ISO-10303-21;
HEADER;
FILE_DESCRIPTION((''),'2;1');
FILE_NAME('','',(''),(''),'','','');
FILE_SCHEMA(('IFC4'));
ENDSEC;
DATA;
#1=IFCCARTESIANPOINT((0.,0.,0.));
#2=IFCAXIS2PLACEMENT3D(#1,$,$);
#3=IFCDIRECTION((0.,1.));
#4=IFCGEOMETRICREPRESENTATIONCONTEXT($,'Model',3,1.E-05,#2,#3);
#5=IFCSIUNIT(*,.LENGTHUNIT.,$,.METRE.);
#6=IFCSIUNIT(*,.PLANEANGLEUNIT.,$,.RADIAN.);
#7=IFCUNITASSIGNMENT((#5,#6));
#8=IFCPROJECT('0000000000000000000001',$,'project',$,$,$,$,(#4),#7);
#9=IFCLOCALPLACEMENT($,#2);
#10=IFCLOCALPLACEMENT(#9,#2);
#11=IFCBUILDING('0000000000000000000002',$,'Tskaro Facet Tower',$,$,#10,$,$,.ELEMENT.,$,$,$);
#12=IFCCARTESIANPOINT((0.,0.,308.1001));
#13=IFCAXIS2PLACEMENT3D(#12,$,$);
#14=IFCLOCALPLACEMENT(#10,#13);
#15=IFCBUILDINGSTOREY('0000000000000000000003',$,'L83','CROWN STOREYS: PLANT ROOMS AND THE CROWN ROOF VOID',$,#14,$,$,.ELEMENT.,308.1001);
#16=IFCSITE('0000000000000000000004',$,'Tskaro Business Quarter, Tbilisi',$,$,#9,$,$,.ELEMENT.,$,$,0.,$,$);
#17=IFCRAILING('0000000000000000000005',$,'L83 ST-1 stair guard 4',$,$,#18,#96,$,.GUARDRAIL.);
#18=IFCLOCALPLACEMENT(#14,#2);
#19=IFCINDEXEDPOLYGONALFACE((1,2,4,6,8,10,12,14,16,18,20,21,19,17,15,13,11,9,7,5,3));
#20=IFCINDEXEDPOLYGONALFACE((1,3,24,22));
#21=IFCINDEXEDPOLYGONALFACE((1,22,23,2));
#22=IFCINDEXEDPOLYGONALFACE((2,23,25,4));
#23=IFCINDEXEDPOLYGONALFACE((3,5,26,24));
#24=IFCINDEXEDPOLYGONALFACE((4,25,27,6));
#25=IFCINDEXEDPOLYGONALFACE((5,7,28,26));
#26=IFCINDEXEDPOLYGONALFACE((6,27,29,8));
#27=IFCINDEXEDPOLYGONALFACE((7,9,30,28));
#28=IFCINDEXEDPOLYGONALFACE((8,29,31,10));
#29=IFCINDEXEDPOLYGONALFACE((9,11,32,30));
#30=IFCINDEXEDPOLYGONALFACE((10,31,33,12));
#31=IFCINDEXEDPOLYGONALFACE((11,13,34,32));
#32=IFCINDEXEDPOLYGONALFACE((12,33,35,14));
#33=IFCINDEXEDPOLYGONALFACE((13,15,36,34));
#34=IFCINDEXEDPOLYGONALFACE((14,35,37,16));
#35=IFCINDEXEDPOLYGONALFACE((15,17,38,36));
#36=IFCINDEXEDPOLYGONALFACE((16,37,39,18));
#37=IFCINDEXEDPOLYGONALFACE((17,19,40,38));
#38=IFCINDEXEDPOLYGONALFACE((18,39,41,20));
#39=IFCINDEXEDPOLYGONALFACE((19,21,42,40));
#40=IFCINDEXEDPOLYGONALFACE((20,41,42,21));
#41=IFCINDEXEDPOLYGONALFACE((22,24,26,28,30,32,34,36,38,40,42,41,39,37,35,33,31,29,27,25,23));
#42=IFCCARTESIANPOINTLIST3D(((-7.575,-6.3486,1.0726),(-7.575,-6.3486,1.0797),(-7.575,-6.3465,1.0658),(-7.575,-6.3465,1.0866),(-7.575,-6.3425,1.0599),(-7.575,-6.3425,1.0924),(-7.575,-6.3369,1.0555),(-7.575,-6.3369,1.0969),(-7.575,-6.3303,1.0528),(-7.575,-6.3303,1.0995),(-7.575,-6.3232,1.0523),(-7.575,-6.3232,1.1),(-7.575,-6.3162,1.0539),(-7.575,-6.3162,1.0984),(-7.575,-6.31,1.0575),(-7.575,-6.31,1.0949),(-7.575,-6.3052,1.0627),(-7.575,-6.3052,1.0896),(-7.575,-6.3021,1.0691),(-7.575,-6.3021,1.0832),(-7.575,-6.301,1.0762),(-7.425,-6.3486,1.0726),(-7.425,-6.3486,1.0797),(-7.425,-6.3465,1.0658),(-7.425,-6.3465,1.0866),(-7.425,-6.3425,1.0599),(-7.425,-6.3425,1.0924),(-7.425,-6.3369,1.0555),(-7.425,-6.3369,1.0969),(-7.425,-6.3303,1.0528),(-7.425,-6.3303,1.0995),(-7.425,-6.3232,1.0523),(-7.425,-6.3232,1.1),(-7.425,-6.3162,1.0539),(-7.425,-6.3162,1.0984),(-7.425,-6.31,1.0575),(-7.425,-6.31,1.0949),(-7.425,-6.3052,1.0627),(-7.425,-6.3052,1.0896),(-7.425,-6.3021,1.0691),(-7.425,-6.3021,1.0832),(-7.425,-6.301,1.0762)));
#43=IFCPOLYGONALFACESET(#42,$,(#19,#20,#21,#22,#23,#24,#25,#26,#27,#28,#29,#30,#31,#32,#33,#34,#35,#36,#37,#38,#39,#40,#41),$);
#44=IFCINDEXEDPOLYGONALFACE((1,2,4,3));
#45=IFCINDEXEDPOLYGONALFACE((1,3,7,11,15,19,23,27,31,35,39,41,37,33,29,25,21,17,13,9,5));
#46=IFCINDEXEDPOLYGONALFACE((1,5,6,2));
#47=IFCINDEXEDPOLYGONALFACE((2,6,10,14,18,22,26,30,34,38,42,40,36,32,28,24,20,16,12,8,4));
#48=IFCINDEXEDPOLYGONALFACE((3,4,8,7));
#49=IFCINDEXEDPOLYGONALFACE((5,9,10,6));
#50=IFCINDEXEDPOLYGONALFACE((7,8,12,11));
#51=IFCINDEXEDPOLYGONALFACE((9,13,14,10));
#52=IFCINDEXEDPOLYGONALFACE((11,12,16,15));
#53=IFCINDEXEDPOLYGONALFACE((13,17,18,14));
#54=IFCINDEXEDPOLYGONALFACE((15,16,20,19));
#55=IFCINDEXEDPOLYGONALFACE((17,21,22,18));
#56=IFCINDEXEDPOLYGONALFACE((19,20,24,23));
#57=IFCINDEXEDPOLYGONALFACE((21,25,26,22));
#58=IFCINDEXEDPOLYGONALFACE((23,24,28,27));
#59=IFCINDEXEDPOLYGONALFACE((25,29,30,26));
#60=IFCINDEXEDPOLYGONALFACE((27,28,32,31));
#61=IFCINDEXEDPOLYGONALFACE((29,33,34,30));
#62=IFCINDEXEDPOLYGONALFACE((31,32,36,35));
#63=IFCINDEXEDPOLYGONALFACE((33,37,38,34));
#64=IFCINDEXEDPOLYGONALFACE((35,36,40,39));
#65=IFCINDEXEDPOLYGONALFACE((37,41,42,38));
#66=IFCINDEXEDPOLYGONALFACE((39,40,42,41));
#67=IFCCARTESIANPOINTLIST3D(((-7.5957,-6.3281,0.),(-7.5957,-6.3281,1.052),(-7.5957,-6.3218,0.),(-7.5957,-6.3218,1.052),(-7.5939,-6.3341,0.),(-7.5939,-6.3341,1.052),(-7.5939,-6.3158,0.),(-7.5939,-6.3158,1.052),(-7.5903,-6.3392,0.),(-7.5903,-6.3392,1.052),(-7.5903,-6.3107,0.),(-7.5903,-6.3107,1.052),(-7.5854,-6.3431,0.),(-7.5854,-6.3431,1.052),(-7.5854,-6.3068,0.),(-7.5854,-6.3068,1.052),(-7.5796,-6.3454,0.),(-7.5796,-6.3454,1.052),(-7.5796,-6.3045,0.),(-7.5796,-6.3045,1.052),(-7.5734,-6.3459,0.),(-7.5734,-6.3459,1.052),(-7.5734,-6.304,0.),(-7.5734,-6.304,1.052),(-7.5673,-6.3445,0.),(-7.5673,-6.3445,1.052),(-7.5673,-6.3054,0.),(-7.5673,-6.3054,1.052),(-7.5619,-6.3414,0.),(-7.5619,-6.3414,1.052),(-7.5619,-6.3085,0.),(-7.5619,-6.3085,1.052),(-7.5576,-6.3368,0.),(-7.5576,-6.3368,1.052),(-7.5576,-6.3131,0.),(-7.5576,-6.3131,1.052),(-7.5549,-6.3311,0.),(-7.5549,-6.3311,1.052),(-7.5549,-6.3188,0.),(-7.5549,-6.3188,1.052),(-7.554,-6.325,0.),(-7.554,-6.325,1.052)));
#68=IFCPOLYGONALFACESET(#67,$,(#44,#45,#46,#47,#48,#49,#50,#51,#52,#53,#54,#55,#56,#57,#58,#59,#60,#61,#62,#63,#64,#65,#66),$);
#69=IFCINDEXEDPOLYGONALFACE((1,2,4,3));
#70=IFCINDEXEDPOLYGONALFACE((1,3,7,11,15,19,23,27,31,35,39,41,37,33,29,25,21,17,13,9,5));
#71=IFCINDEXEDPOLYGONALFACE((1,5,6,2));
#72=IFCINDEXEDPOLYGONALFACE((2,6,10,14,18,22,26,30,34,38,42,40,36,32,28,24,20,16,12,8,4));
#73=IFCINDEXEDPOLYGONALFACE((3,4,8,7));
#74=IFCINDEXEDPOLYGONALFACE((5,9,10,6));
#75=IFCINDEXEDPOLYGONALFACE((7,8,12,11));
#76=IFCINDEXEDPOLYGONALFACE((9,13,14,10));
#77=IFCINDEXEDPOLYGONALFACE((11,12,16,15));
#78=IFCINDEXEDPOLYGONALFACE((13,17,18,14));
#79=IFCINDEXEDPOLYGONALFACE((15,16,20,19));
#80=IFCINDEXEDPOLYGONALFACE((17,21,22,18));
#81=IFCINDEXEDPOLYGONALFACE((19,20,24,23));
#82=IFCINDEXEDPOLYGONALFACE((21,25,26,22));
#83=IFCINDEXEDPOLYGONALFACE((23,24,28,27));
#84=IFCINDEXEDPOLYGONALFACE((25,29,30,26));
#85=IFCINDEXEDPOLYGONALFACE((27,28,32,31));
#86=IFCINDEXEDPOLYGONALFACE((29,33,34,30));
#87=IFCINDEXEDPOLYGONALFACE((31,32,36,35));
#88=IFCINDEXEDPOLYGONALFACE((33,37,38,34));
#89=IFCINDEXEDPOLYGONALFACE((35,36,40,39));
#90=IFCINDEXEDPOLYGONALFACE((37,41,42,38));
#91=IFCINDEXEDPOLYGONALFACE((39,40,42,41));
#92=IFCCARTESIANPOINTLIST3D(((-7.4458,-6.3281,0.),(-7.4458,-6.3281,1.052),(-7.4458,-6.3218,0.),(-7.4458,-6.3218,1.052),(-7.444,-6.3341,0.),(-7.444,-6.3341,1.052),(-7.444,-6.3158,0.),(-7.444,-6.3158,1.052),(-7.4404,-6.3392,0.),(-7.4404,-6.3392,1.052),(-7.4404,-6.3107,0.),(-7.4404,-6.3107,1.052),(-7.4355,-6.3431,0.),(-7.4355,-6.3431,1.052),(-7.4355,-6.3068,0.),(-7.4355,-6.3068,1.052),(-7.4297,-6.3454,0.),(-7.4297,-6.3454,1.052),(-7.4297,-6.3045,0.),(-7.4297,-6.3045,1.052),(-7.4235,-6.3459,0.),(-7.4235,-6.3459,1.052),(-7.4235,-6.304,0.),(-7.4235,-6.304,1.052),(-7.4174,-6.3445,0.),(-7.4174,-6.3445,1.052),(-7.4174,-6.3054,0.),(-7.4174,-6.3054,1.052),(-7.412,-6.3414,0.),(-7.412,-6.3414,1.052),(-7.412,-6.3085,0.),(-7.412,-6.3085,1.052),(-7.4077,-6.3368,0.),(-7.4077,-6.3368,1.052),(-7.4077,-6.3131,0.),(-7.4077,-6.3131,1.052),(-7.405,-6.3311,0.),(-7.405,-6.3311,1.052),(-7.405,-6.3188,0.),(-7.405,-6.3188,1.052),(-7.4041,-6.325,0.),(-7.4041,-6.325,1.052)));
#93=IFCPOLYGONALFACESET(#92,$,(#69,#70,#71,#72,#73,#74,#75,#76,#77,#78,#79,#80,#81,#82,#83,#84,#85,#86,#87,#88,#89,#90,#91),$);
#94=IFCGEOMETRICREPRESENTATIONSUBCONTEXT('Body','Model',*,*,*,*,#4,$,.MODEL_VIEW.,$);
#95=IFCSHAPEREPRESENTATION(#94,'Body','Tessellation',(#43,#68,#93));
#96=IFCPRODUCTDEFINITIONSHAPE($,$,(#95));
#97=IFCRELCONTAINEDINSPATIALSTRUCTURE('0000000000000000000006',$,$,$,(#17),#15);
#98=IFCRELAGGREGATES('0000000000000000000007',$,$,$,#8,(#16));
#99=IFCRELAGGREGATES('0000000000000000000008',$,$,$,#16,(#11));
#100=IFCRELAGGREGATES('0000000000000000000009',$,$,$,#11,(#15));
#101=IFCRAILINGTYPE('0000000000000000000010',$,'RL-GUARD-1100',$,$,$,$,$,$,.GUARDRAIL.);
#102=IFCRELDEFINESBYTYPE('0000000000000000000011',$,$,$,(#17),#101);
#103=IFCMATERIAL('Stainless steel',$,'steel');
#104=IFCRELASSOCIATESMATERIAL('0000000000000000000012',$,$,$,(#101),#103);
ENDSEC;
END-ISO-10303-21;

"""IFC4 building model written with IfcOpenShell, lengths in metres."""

from ifc_helpers import new_model, si_unit, direction, frame, origin, origin_2d, place, context, subcontext, project, spatial, circle, extrude, material, type_object, element, save


model = new_model("IFC4")

# Units and contexts
model_context = context("Model", 3, precision=1e-05, world=origin(), true_north=direction((0.0, 1.0)))
body_context = subcontext(model_context, "Body", "Model", "MODEL_VIEW")
ifc_project = project(units=[si_unit("LENGTHUNIT", "METRE"), si_unit("PLANEANGLEUNIT", "RADIAN")], contexts=[model_context])

# Site, building, storey
site_placement = place(None, origin())
site = spatial("IfcSite", under=ifc_project, at=site_placement, Name="Tskaro Business Quarter, Tbilisi", CompositionType="ELEMENT", RefElevation=0.0)
building_placement = place(site_placement, origin())
building = spatial("IfcBuilding", under=site, at=building_placement, Name="Tskaro Facet Tower", CompositionType="ELEMENT")
storey_placement = place(building_placement, frame((0.0, 0.0, 308.1001)))
storey = spatial("IfcBuildingStorey", under=building, at=storey_placement, Name="L83", Description="CROWN STOREYS: PLANT ROOMS AND THE CROWN ROOF VOID", CompositionType="ELEMENT", Elevation=308.1001)

# Shared definitions
ifc_material_1 = material(Name="Stainless steel", Category="steel")

# Railing
railing_type_1 = type_object("IfcRailingType", Name="RL-GUARD-1100", PredefinedType="GUARDRAIL", material=ifc_material_1)
railing_1_placement = place(storey_placement, frame((-7.575, -6.325, 0.0)))
element("IfcRailing", 1, at=railing_1_placement, inside=storey, type_object=railing_type_1, Name="L83 ST-1 stair guard 4", PredefinedType="GUARDRAIL", context=body_context, shape_type="SweptSolid", body=[
    extrude(circle(Radius=0.0239, at=origin_2d()), frame((0.0, 0.0, 1.0762), z_axis=(1.0, 0.0, 0.0), x_axis=(0.0, 1.0, 0.0)), (0.0, 0.0, 1.0), 0.1499),
    extrude(circle(Radius=0.021, at=origin_2d()), origin(), (0.0, 0.0, 1.0), 1.052),
    extrude(circle(Radius=0.021, at=origin_2d()), frame((0.1499, 0.0, 0.0)), (0.0, 0.0, 1.0), 1.052),
])

save(model, "model.ifc")
